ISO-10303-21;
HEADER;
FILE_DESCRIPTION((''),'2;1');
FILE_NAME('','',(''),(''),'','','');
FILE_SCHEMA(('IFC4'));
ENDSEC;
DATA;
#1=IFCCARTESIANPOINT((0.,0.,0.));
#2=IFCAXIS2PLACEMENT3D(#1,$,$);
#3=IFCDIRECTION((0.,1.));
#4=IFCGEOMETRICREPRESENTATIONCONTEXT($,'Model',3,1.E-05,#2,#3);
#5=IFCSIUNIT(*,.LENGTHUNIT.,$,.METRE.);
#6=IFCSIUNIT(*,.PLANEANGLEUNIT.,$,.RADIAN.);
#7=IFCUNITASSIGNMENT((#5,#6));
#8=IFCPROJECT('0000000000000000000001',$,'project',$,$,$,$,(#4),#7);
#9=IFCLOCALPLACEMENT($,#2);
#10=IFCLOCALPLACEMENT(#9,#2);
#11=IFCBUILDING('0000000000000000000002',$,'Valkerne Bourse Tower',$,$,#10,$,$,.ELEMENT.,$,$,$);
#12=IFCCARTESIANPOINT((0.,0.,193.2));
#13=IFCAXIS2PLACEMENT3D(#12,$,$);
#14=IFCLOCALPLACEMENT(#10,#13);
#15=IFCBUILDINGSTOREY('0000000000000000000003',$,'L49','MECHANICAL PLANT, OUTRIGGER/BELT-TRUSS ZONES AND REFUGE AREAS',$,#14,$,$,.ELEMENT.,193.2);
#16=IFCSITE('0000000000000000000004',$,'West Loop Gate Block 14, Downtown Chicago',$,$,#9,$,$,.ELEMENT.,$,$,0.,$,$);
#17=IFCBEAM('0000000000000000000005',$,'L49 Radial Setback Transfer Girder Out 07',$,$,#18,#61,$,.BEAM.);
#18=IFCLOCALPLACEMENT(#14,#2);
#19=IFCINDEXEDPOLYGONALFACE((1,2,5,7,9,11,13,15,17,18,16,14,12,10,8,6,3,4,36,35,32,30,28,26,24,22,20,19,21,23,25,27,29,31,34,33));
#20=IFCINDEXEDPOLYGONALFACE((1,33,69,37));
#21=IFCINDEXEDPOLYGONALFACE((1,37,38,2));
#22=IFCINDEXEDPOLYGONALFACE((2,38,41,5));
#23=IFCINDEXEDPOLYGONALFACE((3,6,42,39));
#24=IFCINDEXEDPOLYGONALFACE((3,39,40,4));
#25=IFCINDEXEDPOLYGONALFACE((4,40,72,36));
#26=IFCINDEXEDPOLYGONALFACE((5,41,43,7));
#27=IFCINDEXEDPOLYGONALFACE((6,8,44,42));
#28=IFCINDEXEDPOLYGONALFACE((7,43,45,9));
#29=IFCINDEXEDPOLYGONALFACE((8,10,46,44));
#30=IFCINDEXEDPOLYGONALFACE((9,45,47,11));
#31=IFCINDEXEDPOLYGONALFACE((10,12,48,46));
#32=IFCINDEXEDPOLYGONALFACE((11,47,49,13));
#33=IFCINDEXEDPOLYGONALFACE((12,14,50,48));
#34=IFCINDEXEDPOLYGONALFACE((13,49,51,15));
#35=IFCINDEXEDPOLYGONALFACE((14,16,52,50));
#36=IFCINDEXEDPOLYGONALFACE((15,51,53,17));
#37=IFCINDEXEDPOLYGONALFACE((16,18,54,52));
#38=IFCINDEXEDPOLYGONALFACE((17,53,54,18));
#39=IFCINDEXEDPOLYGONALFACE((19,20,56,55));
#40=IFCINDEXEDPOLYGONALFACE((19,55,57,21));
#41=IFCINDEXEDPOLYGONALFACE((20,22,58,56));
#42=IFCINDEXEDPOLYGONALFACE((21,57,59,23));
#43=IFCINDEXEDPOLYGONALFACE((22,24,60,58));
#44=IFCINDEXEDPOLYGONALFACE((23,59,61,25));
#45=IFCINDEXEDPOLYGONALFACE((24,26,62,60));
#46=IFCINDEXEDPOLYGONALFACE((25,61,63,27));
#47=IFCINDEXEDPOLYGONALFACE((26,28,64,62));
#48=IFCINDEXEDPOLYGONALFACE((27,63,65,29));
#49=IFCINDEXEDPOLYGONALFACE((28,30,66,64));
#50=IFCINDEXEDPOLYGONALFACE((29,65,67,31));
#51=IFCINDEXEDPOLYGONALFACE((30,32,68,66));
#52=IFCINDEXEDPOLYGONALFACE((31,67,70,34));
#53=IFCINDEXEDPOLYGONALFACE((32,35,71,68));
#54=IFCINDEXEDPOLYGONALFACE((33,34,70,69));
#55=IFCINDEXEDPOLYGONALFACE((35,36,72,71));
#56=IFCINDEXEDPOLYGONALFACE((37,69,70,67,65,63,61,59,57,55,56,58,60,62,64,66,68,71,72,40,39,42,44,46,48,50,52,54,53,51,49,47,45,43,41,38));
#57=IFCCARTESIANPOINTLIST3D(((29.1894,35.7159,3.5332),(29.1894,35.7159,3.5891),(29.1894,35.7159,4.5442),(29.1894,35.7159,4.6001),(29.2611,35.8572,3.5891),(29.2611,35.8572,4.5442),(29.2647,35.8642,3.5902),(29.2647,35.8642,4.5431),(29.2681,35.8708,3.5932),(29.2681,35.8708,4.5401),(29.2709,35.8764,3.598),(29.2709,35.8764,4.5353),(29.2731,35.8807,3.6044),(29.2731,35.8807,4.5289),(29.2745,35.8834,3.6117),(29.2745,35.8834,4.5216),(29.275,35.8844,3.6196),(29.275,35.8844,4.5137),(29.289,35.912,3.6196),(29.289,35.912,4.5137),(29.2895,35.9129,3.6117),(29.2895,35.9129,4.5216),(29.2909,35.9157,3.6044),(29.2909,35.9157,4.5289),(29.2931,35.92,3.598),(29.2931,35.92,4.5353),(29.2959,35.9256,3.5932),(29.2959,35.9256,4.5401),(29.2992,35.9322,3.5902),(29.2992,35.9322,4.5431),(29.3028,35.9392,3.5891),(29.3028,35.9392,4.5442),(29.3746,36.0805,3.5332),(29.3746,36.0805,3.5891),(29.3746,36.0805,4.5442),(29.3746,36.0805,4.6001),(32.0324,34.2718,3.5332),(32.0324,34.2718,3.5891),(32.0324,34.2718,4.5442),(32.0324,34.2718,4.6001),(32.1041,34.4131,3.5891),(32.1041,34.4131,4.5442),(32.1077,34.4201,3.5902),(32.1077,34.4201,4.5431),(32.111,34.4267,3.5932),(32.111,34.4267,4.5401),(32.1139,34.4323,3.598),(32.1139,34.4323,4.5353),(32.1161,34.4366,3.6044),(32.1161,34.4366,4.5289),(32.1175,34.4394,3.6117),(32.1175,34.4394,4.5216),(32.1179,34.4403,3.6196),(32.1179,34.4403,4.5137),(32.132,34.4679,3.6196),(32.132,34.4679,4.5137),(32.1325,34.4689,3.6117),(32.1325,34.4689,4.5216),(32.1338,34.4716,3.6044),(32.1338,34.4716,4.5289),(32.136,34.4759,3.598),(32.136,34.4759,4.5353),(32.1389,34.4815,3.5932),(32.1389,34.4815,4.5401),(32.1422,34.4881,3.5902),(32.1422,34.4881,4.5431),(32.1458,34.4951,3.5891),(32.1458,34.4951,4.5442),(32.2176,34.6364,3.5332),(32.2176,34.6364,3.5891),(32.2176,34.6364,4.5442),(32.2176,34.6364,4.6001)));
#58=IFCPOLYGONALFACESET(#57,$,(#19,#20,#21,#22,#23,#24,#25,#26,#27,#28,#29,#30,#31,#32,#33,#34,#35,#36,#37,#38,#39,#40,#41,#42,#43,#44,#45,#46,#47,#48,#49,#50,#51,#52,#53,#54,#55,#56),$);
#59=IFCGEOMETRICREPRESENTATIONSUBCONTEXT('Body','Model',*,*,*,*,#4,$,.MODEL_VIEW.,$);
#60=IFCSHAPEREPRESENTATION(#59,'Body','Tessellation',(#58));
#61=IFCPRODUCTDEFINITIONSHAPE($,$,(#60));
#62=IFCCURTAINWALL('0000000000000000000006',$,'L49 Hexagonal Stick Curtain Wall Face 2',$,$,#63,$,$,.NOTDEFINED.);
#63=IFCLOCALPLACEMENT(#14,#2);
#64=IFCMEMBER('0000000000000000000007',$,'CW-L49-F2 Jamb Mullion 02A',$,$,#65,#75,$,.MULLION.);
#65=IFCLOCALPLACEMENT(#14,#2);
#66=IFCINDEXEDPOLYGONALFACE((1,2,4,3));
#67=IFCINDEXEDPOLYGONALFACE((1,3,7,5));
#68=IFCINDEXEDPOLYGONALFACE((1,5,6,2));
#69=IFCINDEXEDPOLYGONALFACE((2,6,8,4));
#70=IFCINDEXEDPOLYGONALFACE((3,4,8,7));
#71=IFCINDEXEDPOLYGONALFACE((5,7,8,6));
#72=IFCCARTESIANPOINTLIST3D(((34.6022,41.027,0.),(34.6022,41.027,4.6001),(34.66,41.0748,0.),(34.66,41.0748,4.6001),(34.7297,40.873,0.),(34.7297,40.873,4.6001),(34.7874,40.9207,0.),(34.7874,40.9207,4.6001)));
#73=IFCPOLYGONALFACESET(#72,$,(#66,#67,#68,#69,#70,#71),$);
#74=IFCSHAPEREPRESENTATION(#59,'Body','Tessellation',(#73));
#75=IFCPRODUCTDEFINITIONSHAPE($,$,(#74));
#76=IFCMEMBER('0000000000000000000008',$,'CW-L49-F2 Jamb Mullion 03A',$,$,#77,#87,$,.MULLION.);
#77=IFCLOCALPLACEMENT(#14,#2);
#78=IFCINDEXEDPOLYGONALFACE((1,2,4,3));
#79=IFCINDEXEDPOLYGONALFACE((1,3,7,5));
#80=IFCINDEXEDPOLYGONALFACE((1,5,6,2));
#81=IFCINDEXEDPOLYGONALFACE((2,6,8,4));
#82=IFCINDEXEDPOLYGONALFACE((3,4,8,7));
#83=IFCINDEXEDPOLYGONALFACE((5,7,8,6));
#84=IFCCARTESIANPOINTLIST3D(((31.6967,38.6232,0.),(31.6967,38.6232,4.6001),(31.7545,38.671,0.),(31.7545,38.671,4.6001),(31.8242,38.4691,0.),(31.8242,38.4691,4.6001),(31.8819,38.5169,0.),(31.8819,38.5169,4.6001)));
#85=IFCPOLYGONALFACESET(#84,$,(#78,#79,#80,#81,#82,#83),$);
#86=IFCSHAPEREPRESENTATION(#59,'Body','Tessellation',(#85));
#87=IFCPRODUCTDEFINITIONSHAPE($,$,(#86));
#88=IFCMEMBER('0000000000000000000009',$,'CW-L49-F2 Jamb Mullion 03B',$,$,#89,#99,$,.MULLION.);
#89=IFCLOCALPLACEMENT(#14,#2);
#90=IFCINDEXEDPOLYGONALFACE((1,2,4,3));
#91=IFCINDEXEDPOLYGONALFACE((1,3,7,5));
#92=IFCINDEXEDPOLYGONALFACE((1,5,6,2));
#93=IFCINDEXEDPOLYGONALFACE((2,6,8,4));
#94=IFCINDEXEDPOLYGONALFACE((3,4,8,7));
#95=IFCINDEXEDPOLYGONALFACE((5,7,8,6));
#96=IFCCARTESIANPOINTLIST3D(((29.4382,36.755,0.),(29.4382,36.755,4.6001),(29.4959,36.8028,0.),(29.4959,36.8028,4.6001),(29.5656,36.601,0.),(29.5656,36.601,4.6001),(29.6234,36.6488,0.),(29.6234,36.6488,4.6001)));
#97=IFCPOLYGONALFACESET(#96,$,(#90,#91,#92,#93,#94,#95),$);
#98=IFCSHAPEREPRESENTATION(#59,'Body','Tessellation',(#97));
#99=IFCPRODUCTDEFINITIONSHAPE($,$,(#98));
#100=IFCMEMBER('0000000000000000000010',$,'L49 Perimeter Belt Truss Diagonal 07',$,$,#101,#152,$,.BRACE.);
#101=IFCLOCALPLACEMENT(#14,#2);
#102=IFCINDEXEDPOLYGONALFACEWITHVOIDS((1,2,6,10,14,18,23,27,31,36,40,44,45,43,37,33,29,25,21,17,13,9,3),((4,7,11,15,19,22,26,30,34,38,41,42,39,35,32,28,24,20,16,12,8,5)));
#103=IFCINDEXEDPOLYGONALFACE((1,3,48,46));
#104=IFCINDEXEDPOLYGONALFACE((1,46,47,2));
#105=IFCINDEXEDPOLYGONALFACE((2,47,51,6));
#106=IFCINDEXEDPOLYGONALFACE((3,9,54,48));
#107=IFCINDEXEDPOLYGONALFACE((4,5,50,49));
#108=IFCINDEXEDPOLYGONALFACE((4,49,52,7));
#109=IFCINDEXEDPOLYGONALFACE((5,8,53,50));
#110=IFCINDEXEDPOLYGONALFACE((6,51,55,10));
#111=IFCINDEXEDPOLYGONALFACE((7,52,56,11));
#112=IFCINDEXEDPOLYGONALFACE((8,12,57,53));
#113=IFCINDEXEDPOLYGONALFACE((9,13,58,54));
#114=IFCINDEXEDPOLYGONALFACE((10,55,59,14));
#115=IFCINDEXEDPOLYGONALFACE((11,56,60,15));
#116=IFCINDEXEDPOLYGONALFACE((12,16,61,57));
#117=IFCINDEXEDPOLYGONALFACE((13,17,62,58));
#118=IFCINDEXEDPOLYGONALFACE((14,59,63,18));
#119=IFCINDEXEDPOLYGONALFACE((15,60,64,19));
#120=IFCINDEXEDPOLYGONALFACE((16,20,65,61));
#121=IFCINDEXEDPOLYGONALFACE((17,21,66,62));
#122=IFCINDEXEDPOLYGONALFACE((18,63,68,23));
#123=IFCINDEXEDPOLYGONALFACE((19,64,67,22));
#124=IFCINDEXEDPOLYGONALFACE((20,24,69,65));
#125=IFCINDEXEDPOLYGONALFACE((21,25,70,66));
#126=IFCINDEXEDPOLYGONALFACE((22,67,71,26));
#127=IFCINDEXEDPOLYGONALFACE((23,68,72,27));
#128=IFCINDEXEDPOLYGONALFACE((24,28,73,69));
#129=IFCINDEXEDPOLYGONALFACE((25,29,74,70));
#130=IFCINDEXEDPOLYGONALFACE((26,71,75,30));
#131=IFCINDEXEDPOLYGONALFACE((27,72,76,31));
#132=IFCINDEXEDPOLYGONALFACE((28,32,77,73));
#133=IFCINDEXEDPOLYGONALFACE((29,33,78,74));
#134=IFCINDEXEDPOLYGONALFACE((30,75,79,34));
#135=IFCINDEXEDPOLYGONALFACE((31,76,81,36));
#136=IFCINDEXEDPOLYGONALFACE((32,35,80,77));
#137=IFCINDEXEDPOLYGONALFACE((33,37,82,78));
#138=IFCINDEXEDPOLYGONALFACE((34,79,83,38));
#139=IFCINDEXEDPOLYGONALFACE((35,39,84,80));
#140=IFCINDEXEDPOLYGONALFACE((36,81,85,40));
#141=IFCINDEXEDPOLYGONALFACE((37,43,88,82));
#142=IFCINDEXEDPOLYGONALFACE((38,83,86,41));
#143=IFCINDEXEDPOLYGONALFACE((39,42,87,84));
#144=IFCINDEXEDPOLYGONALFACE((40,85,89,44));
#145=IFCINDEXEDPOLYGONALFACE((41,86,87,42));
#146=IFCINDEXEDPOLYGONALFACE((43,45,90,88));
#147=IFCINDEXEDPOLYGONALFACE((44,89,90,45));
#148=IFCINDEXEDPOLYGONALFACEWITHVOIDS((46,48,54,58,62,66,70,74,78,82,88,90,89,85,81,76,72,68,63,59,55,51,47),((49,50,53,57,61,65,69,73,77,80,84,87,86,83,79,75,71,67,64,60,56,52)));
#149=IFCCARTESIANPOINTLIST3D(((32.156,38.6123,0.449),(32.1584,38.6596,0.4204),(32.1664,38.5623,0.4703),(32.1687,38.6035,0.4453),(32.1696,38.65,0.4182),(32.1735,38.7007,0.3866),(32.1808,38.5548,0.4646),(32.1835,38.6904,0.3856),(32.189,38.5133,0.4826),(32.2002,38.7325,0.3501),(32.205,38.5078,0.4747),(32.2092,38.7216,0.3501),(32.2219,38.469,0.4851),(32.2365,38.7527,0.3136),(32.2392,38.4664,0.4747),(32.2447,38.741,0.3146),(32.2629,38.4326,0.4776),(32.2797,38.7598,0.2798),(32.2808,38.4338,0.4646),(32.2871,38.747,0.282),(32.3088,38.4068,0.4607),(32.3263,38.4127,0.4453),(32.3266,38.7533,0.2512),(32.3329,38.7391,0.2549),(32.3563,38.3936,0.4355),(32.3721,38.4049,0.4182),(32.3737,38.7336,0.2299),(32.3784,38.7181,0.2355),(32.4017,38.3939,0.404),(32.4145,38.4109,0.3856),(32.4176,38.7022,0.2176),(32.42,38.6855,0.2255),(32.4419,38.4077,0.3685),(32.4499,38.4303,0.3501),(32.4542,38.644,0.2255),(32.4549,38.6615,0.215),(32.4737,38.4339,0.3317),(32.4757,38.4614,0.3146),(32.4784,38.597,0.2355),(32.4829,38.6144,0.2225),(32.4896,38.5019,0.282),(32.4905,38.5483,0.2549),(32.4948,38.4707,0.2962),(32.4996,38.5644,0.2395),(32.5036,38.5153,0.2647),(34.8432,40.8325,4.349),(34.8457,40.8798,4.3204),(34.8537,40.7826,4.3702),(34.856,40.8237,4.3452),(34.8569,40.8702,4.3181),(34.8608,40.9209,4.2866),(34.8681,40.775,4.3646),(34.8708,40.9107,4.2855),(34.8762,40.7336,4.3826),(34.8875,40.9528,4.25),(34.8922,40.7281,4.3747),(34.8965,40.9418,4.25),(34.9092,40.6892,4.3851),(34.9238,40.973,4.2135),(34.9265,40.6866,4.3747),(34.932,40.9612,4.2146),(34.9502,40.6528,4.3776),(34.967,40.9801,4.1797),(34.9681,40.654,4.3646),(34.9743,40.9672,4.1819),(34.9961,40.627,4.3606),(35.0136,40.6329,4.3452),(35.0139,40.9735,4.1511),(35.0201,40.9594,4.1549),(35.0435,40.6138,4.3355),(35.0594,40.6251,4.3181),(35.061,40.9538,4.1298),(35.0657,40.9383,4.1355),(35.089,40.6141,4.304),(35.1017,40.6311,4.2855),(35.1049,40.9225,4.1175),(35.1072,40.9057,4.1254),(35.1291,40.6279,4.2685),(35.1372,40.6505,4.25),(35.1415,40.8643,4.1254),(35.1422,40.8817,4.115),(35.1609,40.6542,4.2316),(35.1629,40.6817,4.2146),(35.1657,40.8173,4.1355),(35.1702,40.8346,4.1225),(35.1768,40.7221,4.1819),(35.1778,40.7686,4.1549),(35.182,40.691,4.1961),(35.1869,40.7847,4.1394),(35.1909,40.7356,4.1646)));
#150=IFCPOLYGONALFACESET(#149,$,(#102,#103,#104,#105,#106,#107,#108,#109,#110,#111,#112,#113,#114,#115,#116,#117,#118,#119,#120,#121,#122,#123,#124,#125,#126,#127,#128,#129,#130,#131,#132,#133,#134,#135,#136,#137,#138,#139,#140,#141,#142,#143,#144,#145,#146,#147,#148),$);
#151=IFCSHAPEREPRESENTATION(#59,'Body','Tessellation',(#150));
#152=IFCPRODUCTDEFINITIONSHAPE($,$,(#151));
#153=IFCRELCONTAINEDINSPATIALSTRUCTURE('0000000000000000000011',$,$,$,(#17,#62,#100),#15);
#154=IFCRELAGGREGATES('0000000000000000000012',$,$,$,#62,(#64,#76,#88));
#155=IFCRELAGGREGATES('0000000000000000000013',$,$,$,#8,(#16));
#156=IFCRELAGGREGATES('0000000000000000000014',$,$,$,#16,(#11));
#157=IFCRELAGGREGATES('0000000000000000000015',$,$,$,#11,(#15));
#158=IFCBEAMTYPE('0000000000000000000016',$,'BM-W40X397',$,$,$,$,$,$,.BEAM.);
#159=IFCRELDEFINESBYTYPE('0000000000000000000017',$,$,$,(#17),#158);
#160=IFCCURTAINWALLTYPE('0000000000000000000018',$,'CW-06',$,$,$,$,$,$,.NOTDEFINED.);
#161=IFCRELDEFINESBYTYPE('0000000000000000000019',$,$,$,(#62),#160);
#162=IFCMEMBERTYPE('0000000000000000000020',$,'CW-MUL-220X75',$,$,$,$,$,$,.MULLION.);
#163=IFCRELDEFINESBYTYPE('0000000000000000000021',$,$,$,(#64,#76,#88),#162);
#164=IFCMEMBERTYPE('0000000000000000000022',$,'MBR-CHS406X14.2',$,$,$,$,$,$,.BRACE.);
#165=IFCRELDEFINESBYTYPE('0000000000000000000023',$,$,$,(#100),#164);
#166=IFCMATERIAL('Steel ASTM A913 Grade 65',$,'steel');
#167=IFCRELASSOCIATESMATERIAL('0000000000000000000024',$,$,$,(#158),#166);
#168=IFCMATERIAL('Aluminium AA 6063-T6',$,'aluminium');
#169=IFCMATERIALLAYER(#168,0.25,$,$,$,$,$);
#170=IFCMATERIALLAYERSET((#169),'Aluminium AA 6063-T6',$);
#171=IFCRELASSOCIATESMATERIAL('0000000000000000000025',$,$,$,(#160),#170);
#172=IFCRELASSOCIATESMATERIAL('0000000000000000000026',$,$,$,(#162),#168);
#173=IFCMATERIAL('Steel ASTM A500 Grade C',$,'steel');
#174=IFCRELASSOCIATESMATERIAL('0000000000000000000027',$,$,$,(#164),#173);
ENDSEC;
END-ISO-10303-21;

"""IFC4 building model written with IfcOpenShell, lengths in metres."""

from ifc_helpers import new_model, si_unit, direction, frame, origin, origin_2d, place, context, subcontext, project, spatial, rectangle, hollow_circle, i_section, extrude, material, layer, layer_set, material_profile, profile_set, type_object, element, aggregate, save


model = new_model("IFC4")

# Units and contexts
model_context = context("Model", 3, precision=1e-05, world=origin(), true_north=direction((0.0, 1.0)))
body_context = subcontext(model_context, "Body", "Model", "MODEL_VIEW")
ifc_project = project(units=[si_unit("LENGTHUNIT", "METRE"), si_unit("PLANEANGLEUNIT", "RADIAN")], contexts=[model_context])

# Site, building, storey
site_placement = place(None, origin())
site = spatial("IfcSite", under=ifc_project, at=site_placement, Name="West Loop Gate Block 14, Downtown Chicago", CompositionType="ELEMENT", RefElevation=0.0)
building_placement = place(site_placement, origin())
building = spatial("IfcBuilding", under=site, at=building_placement, Name="Valkerne Bourse Tower", CompositionType="ELEMENT")
storey_placement = place(building_placement, frame((0.0, 0.0, 193.2)))
storey = spatial("IfcBuildingStorey", under=building, at=storey_placement, Name="L49", Description="MECHANICAL PLANT, OUTRIGGER/BELT-TRUSS ZONES AND REFUGE AREAS", CompositionType="ELEMENT", Elevation=193.2)

# Shared definitions
ifc_material_1 = material(Name="Steel ASTM A913 Grade 65", Category="steel")

# Beam
ifc_material_profile_1 = material_profile(ifc_material_1, i_section(OverallWidth=0.4089, OverallDepth=1.0669, WebThickness=0.031, FlangeThickness=0.0559, FilletRadius=0.0305, at=origin_2d()), Name="W40X397")
ifc_profile_set_1 = profile_set([ifc_material_profile_1], Name="Steel ASTM A913 Grade 65")
beam_type_1 = type_object("IfcBeamType", Name="BM-W40X397", PredefinedType="BEAM", material=ifc_profile_set_1)
beam_1_placement = place(storey_placement, frame((29.282, 35.8982, 4.0667), z_axis=(0.891576, -0.45287, 0.0), x_axis=(0.45287, 0.891576, 0.0)))
element("IfcBeam", 1, at=beam_1_placement, inside=storey, type_object=beam_type_1, Name="L49 Radial Setback Transfer Girder Out 07", PredefinedType="BEAM", context=body_context, shape_type="SweptSolid", body=[
    extrude(i_section(OverallWidth=0.4089, OverallDepth=1.0669, WebThickness=0.031, FlangeThickness=0.0559, FilletRadius=0.0305, at=origin_2d()), origin(), (0.0, 0.0, 1.0), 3.1887),
])

# Curtain wall, members
ifc_material_2 = material(Name="Aluminium AA 6063-T6", Category="aluminium")
ifc_layer_1 = layer(ifc_material_2, 0.25)
ifc_layer_set_1 = layer_set([ifc_layer_1], Name="Aluminium AA 6063-T6")
curtain_wall_type = type_object("IfcCurtainWallType", Name="CW-06", PredefinedType="NOTDEFINED", material=ifc_layer_set_1)
curtain_wall_placement = place(storey_placement, origin())
curtain_wall = element("IfcCurtainWall", 2, at=curtain_wall_placement, inside=storey, type_object=curtain_wall_type, Name="L49 Hexagonal Stick Curtain Wall Face 2", PredefinedType="NOTDEFINED")
ifc_material_profile_2 = material_profile(ifc_material_2, rectangle(XDim=0.075, YDim=0.2, at=origin_2d()), Name="CWM-75X200")
ifc_profile_set_2 = profile_set([ifc_material_profile_2], Name="Aluminium AA 6063-T6")
member_type_1 = type_object("IfcMemberType", Name="CW-MUL-220X75", PredefinedType="MULLION", material=ifc_profile_set_2)
member_1_placement = place(storey_placement, frame((34.6948, 40.9739, 0.0), z_axis=(0.0, 0.0, 1.0), x_axis=(-0.770516, -0.637421, 0.0)))
member_1 = element("IfcMember", 3, at=member_1_placement, type_object=member_type_1, Name="CW-L49-F2 Jamb Mullion 02A", PredefinedType="MULLION", context=body_context, shape_type="SweptSolid", body=[
    extrude(rectangle(XDim=0.075, YDim=0.2, at=origin_2d()), origin(), (0.0, 0.0, 1.0), 4.6001),
])
member_2_placement = place(storey_placement, frame((31.7893, 38.5701, 0.0), z_axis=(0.0, 0.0, 1.0), x_axis=(-0.770503, -0.637436, 0.0)))
member_2 = element("IfcMember", 4, at=member_2_placement, type_object=member_type_1, Name="CW-L49-F2 Jamb Mullion 03A", PredefinedType="MULLION", context=body_context, shape_type="SweptSolid", body=[
    extrude(rectangle(XDim=0.075, YDim=0.2, at=origin_2d()), origin(), (0.0, 0.0, 1.0), 4.6001),
])
member_3_placement = place(storey_placement, frame((29.5308, 36.7019, 0.0), z_axis=(0.0, 0.0, 1.0), x_axis=(-0.770503, -0.637436, 0.0)))
member_3 = element("IfcMember", 5, at=member_3_placement, type_object=member_type_1, Name="CW-L49-F2 Jamb Mullion 03B", PredefinedType="MULLION", context=body_context, shape_type="SweptSolid", body=[
    extrude(rectangle(XDim=0.075, YDim=0.2, at=origin_2d()), origin(), (0.0, 0.0, 1.0), 4.6001),
])

# Member
ifc_material_3 = material(Name="Steel ASTM A500 Grade C", Category="steel")
ifc_material_profile_3 = material_profile(ifc_material_3, hollow_circle(Radius=0.2031, WallThickness=0.0142, at=origin_2d()), Name="CHS406X14.2")
ifc_profile_set_3 = profile_set([ifc_material_profile_3], Name="Steel ASTM A500 Grade C")
member_type_2 = type_object("IfcMemberType", Name="MBR-CHS406X14.2", PredefinedType="BRACE", material=ifc_profile_set_3)
member_4_placement = place(storey_placement, frame((32.3296, 38.5759, 0.3501), z_axis=(0.51375, 0.424461, 0.745583), x_axis=(-0.636934, 0.770918, 0.0)))
element("IfcMember", 6, at=member_4_placement, inside=storey, type_object=member_type_2, Name="L49 Perimeter Belt Truss Diagonal 07", PredefinedType="BRACE", context=body_context, shape_type="SweptSolid", body=[
    extrude(hollow_circle(Radius=0.2031, WallThickness=0.0142, at=origin_2d()), origin(), (0.0, 0.0, 1.0), 5.2307),
])

aggregate(curtain_wall, [member_1, member_2, member_3])

save(model, "model.ifc")
